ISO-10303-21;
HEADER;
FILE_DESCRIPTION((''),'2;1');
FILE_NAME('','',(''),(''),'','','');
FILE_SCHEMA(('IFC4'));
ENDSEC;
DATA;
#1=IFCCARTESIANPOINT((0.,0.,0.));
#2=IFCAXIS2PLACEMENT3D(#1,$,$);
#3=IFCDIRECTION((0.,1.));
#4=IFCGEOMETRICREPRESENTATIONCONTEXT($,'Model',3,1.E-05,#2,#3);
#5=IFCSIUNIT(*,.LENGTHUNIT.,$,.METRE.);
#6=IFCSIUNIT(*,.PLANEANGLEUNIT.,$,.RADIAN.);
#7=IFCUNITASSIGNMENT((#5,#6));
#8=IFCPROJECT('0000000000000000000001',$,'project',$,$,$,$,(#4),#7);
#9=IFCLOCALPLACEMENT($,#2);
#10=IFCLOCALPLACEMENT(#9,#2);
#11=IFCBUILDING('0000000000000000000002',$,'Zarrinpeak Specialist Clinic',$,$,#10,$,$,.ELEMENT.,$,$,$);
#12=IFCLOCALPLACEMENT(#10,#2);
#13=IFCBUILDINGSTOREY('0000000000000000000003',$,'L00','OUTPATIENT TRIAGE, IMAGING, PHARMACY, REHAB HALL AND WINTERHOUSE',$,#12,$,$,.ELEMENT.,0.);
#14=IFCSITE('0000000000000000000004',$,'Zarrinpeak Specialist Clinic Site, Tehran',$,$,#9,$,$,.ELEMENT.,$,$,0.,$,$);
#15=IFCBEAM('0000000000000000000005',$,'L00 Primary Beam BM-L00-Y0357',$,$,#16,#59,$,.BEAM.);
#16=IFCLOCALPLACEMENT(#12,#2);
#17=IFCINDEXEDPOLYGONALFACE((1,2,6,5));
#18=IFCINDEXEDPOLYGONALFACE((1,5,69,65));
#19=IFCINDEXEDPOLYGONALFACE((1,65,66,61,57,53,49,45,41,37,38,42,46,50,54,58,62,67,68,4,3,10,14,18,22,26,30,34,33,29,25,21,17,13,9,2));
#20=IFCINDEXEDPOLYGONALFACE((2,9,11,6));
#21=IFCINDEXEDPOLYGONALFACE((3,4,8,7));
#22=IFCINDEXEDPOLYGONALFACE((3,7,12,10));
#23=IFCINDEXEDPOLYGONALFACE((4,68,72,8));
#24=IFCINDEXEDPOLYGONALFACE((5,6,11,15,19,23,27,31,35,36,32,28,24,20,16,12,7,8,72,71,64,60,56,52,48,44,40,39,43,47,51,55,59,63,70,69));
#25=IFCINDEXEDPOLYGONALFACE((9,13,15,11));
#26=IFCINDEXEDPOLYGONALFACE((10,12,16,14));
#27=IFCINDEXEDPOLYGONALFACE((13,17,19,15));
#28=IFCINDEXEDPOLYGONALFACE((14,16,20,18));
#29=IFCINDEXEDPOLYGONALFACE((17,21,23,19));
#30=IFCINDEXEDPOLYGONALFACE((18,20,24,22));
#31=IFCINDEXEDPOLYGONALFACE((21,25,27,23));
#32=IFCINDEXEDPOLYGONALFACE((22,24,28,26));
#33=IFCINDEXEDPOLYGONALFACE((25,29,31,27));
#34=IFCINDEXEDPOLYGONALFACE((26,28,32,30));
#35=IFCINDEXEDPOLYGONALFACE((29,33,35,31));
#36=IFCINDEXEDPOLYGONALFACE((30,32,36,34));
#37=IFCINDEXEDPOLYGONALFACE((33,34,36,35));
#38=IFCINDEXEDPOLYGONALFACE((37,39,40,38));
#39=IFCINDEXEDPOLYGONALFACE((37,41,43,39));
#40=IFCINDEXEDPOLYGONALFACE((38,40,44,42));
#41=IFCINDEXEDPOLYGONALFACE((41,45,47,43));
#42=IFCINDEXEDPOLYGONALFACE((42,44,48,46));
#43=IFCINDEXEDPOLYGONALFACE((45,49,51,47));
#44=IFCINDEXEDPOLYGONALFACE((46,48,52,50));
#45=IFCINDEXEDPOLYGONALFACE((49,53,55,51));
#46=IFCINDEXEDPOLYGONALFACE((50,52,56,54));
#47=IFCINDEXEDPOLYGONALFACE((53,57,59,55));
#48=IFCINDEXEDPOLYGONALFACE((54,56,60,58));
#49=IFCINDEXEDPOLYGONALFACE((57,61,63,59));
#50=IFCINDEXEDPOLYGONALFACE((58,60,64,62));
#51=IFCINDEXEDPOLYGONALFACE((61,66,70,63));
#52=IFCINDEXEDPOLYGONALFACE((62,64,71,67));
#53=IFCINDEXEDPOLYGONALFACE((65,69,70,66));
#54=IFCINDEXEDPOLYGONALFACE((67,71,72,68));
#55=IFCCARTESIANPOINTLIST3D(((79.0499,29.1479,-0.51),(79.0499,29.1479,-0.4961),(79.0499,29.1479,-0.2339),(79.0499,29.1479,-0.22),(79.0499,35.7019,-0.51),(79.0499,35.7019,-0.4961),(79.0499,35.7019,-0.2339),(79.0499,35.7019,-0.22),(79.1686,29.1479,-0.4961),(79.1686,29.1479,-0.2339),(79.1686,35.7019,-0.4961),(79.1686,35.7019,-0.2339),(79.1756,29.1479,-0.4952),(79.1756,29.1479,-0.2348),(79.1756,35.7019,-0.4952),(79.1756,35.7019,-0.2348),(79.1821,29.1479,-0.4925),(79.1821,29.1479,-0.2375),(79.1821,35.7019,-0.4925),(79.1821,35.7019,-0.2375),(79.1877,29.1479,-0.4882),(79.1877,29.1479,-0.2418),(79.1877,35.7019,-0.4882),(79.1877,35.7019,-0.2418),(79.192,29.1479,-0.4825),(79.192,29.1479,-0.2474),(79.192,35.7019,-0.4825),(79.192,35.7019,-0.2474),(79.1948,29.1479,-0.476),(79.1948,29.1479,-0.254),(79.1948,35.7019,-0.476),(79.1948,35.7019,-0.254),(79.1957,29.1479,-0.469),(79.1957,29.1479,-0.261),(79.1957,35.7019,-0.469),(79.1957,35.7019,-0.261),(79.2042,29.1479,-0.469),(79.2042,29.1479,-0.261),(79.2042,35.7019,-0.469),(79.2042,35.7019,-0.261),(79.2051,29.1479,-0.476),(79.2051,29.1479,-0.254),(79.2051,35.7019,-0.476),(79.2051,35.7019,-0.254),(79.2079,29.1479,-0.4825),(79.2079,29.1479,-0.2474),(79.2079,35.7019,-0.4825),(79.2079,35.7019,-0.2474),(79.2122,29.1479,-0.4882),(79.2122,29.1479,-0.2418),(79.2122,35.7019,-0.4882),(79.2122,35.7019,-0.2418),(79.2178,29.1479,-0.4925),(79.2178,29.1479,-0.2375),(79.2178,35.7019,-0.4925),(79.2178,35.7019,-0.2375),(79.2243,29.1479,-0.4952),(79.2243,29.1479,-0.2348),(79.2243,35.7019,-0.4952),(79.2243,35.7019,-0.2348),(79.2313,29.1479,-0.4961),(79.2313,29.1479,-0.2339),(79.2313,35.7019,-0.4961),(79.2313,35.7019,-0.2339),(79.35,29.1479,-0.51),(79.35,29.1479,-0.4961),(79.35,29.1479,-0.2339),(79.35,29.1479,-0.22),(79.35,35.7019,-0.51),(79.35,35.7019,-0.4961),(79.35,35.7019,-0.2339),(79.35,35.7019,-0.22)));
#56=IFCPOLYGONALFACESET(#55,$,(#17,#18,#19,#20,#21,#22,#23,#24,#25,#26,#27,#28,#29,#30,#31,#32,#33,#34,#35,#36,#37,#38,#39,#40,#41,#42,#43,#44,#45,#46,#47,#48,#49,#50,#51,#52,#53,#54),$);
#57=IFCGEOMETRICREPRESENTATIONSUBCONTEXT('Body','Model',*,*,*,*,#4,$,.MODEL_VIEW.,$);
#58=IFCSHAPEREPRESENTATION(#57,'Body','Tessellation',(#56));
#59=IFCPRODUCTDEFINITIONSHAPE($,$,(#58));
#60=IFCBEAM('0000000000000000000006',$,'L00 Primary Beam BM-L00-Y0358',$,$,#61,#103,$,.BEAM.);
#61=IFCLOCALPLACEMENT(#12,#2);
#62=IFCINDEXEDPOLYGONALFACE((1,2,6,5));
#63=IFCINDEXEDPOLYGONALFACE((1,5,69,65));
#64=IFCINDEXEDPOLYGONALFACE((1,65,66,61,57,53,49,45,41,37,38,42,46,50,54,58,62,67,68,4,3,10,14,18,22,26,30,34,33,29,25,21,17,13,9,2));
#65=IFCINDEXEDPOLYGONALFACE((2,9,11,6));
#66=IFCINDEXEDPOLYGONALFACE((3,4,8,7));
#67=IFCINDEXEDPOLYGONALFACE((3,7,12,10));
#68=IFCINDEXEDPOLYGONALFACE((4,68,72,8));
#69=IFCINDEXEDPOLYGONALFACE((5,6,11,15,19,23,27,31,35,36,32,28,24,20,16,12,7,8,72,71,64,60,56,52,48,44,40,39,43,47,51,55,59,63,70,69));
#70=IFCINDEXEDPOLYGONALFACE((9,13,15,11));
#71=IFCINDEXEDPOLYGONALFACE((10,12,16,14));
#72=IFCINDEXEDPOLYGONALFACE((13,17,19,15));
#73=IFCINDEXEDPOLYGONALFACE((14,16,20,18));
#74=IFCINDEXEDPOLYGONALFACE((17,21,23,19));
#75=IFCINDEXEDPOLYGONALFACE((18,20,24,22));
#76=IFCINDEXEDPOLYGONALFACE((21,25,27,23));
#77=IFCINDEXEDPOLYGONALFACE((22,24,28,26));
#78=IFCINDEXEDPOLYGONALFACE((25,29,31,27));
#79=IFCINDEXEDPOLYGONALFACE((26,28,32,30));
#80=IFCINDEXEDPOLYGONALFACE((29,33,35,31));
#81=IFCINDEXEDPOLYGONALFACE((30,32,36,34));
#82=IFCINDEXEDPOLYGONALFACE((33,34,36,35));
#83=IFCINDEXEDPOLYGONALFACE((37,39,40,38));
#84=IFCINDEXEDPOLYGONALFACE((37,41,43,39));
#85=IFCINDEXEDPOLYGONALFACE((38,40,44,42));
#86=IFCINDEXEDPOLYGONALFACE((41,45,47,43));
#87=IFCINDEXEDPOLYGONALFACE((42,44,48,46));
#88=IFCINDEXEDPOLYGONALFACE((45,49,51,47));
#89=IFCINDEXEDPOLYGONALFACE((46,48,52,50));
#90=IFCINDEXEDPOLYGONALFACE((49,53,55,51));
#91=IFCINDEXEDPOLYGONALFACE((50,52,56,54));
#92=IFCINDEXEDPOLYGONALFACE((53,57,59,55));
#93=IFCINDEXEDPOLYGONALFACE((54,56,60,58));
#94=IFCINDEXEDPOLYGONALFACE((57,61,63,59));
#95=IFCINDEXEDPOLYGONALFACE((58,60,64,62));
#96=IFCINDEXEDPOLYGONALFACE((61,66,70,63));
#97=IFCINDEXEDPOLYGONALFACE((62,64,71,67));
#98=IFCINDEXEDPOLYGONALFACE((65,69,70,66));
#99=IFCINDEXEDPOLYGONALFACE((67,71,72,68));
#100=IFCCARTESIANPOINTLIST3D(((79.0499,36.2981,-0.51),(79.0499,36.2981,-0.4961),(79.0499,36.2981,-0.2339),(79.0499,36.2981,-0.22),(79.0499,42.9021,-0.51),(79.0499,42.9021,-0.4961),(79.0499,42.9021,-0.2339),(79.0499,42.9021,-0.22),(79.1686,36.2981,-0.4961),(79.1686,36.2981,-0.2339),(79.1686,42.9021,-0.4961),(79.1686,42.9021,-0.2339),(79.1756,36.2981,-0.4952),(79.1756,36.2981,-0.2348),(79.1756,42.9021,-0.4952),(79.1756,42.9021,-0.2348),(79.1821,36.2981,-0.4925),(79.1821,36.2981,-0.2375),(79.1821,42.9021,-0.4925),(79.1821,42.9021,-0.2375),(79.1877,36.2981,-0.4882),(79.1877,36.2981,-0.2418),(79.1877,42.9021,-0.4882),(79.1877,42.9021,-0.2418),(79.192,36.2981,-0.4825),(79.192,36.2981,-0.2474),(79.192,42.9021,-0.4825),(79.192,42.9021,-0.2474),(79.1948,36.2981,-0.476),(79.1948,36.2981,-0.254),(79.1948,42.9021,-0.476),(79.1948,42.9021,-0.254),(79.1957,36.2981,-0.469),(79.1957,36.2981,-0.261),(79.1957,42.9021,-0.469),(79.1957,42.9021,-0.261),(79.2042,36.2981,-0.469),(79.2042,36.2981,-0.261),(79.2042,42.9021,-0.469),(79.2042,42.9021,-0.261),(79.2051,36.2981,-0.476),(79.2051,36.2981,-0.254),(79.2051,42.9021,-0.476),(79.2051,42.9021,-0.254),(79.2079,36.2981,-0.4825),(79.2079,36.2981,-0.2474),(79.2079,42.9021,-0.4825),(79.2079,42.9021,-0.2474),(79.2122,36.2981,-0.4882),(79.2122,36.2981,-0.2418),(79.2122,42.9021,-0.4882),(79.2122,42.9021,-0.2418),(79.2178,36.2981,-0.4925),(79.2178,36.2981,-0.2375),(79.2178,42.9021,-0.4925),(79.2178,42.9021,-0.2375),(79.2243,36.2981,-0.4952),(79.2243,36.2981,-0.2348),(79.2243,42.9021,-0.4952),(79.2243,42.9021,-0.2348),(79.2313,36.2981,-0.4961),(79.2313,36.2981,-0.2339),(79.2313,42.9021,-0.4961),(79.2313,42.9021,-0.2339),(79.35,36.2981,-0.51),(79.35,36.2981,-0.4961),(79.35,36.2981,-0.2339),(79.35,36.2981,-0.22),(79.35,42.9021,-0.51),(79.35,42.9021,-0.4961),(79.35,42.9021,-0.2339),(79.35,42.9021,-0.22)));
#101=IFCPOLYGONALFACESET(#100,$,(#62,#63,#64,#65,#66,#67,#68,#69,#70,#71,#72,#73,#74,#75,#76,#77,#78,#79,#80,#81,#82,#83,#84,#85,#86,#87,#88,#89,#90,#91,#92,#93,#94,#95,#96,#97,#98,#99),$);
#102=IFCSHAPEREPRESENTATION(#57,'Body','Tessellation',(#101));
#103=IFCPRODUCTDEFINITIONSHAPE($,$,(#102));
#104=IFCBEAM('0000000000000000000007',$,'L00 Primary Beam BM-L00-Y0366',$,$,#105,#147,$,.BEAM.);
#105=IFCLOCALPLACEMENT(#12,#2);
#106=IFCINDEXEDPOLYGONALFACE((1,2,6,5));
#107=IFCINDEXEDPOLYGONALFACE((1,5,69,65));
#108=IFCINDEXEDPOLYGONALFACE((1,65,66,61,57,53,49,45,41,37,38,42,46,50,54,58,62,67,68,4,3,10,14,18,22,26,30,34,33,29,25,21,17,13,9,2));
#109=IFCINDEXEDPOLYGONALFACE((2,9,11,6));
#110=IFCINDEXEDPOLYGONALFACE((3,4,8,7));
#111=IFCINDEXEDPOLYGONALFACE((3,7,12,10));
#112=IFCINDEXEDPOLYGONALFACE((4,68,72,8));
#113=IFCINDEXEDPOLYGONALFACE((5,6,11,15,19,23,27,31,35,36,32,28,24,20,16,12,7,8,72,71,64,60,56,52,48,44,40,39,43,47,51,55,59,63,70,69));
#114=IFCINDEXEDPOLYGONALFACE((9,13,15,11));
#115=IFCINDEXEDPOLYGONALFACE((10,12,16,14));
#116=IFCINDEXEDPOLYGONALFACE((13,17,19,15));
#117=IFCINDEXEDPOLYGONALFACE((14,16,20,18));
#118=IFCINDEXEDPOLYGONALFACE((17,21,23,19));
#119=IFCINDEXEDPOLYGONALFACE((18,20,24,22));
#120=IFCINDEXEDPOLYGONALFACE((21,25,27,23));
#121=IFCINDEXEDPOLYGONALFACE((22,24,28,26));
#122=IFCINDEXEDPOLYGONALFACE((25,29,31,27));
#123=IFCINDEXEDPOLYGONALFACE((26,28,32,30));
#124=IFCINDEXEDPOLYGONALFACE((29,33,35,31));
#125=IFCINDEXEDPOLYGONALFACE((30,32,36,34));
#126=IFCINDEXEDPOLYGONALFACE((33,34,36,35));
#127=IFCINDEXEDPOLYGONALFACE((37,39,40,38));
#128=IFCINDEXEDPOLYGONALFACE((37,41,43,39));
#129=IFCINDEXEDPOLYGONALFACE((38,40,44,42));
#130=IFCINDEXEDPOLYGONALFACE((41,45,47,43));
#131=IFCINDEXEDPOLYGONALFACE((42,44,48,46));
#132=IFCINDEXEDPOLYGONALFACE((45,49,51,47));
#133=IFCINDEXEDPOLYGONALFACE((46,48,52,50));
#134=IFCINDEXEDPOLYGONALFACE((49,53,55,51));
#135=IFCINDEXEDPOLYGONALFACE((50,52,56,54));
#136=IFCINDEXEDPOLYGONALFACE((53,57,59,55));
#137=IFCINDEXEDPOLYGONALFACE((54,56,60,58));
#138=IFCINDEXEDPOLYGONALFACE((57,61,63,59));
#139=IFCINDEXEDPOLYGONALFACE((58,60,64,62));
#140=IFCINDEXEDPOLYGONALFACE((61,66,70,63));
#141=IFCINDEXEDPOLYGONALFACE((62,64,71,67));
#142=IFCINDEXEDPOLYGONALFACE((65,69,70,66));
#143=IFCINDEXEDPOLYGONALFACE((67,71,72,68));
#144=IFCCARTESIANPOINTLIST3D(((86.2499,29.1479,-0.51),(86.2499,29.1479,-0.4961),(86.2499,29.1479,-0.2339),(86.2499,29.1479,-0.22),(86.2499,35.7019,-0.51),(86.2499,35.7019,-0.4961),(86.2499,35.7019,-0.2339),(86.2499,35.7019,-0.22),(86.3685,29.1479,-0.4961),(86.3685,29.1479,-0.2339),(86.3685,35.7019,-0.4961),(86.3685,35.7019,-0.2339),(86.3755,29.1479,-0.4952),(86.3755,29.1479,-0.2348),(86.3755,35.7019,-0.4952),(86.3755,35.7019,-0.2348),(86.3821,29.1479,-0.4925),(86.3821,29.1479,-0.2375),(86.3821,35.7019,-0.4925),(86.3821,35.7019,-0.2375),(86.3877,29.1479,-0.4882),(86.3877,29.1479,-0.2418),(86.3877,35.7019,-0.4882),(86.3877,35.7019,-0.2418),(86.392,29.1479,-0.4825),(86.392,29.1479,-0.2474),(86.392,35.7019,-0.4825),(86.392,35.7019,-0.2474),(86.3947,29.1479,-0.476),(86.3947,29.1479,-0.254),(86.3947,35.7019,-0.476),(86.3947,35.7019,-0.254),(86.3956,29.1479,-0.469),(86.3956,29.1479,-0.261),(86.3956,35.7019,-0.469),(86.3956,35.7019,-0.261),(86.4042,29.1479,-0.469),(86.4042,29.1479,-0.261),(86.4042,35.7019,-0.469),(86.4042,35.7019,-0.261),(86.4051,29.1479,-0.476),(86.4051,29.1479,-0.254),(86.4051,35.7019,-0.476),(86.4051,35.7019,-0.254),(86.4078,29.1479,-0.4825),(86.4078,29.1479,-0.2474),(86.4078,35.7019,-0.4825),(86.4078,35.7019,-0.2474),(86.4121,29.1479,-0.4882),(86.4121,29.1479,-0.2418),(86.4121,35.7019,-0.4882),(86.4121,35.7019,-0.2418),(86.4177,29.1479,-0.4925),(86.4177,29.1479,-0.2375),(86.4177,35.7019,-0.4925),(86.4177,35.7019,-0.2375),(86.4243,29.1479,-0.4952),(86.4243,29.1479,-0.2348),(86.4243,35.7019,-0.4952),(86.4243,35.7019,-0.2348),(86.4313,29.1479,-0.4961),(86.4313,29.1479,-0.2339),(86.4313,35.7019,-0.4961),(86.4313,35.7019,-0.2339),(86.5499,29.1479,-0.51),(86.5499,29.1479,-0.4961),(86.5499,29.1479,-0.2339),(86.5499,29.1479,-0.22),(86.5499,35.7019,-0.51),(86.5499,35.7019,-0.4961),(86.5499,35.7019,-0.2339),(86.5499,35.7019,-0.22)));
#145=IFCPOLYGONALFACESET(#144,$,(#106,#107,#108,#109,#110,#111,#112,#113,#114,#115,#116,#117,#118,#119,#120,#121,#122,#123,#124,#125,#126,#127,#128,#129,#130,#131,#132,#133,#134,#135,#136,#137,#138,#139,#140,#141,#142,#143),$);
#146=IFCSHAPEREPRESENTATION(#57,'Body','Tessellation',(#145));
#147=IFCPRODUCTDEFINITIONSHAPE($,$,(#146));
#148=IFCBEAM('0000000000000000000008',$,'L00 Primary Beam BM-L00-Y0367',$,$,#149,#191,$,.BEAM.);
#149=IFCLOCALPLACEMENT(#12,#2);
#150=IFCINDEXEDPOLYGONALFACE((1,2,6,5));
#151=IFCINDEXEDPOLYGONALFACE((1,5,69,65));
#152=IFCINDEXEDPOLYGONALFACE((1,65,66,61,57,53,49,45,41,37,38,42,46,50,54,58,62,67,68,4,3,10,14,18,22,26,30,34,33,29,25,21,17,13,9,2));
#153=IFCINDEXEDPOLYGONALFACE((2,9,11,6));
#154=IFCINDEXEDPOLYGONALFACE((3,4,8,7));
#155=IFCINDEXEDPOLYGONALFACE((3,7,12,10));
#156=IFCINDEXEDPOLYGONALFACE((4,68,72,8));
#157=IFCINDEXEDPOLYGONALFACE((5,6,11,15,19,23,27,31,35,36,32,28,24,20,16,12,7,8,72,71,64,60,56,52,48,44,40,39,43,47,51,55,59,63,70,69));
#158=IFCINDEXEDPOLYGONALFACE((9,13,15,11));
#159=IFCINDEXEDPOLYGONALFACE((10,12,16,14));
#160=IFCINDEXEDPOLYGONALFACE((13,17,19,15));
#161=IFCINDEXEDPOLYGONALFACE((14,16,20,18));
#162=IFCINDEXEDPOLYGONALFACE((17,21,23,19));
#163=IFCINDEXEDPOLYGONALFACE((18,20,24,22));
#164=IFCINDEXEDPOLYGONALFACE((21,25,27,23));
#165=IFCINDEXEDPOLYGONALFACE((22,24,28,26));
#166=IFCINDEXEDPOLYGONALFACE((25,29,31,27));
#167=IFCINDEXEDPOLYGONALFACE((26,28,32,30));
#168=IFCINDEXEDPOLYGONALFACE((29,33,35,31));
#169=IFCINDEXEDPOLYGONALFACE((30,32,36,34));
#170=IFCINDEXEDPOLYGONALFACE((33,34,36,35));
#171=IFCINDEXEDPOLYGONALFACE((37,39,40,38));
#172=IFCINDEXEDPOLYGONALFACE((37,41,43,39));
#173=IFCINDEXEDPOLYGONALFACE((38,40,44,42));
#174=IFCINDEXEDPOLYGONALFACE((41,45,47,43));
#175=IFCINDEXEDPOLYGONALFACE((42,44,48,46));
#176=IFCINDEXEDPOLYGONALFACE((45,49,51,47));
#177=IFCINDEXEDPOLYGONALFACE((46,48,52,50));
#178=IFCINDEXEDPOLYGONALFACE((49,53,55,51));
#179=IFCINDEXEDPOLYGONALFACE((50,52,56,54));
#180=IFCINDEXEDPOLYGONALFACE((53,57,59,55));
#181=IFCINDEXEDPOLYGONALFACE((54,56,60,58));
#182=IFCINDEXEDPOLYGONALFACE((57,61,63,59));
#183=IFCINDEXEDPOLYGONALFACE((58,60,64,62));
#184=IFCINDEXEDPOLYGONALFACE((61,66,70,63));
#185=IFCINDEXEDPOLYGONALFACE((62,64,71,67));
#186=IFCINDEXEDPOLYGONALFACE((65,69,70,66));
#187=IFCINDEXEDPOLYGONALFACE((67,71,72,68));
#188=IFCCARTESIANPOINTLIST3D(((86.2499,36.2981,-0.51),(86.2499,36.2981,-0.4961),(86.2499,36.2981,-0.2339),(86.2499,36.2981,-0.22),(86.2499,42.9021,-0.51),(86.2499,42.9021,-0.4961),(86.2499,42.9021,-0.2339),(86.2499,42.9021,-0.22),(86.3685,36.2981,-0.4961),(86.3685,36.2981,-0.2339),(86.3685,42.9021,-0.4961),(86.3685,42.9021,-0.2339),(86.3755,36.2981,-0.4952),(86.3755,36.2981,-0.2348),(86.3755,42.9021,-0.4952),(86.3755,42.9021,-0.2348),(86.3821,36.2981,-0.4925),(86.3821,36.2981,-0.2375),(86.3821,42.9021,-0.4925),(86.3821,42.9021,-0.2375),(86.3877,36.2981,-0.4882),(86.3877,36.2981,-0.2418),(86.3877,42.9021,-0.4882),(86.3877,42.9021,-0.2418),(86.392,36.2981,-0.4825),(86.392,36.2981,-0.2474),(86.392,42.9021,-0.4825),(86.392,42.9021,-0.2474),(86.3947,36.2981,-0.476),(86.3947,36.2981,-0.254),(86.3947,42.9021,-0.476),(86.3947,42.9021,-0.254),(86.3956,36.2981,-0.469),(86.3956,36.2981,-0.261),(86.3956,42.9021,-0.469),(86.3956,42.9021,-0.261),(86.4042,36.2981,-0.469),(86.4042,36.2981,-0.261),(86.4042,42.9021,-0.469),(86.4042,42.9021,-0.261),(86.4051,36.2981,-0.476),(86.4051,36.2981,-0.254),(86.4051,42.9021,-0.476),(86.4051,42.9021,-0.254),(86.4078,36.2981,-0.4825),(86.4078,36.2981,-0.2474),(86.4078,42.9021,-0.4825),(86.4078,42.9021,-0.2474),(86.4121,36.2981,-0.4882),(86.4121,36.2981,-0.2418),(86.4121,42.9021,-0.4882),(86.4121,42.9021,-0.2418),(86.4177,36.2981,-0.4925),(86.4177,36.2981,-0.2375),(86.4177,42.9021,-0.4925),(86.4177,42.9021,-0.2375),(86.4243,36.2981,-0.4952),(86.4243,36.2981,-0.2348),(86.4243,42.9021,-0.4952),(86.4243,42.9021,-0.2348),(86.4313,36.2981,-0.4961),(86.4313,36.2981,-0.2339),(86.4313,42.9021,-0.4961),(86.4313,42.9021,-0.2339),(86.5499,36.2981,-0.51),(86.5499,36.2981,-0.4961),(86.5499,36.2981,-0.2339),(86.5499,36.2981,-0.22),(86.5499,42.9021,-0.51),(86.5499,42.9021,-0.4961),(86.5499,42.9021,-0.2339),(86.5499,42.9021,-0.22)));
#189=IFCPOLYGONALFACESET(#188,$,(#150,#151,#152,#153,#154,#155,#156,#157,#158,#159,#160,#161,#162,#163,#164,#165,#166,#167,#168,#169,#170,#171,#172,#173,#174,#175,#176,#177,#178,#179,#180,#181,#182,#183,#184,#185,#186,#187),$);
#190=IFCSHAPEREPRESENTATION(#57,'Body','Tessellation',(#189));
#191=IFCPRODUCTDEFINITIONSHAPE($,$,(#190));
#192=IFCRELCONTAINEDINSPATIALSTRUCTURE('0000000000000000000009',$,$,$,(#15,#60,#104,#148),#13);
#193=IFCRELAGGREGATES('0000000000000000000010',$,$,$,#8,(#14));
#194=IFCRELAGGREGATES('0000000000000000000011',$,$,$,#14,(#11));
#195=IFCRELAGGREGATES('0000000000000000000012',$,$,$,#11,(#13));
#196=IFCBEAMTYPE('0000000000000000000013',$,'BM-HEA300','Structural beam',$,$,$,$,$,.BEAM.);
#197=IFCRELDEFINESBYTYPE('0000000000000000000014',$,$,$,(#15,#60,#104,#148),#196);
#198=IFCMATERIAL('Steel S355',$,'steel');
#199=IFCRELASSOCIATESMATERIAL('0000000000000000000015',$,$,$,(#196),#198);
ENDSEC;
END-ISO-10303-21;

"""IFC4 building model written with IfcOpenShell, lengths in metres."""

from ifc_helpers import new_model, si_unit, direction, frame, origin, origin_2d, place, context, subcontext, project, spatial, i_section, extrude, material, material_profile, profile_set, type_object, element, save


model = new_model("IFC4")

# Units and contexts
model_context = context("Model", 3, precision=1e-05, world=origin(), true_north=direction((0.0, 1.0)))
body_context = subcontext(model_context, "Body", "Model", "MODEL_VIEW")
ifc_project = project(units=[si_unit("LENGTHUNIT", "METRE"), si_unit("PLANEANGLEUNIT", "RADIAN")], contexts=[model_context])

# Site, building, storey
site_placement = place(None, origin())
site = spatial("IfcSite", under=ifc_project, at=site_placement, Name="Zarrinpeak Specialist Clinic Site, Tehran", CompositionType="ELEMENT", RefElevation=0.0)
building_placement = place(site_placement, origin())
building = spatial("IfcBuilding", under=site, at=building_placement, Name="Zarrinpeak Specialist Clinic", CompositionType="ELEMENT")
storey_placement = place(building_placement, origin())
storey = spatial("IfcBuildingStorey", under=building, at=storey_placement, Name="L00", Description="OUTPATIENT TRIAGE, IMAGING, PHARMACY, REHAB HALL AND WINTERHOUSE", CompositionType="ELEMENT", Elevation=0.0)

# Shared definitions
ifc_material_1 = material(Name="Steel S355", Category="steel")

# Beams
ifc_material_profile_1 = material_profile(ifc_material_1, i_section(OverallWidth=0.3, OverallDepth=0.29, WebThickness=0.0085, FlangeThickness=0.0139, FilletRadius=0.0271, at=origin_2d()), Name="HEA 300")
ifc_profile_set_1 = profile_set([ifc_material_profile_1], Name="Steel S355")
beam_type_1 = type_object("IfcBeamType", Name="BM-HEA300", Description="Structural beam", PredefinedType="BEAM", material=ifc_profile_set_1)
beam_1_placement = place(storey_placement, frame((79.2, 29.1479, -0.365), z_axis=(0.0, 1.0, 0.0), x_axis=(-1.0, 0.0, 0.0)))
element("IfcBeam", 1, at=beam_1_placement, inside=storey, type_object=beam_type_1, Name="L00 Primary Beam BM-L00-Y0357", PredefinedType="BEAM", context=body_context, shape_type="SweptSolid", body=[
    extrude(i_section(OverallWidth=0.3, OverallDepth=0.29, WebThickness=0.0085, FlangeThickness=0.0139, FilletRadius=0.0271, at=origin_2d()), origin(), (0.0, 0.0, 1.0), 6.554),
])
beam_2_placement = place(storey_placement, frame((79.2, 36.2981, -0.365), z_axis=(0.0, 1.0, 0.0), x_axis=(-1.0, 0.0, 0.0)))
element("IfcBeam", 2, at=beam_2_placement, inside=storey, type_object=beam_type_1, Name="L00 Primary Beam BM-L00-Y0358", PredefinedType="BEAM", context=body_context, shape_type="SweptSolid", body=[
    extrude(i_section(OverallWidth=0.3, OverallDepth=0.29, WebThickness=0.0085, FlangeThickness=0.0139, FilletRadius=0.0271, at=origin_2d()), origin(), (0.0, 0.0, 1.0), 6.604),
])
beam_3_placement = place(storey_placement, frame((86.3999, 29.1479, -0.365), z_axis=(0.0, 1.0, 0.0), x_axis=(-1.0, 0.0, 0.0)))
element("IfcBeam", 3, at=beam_3_placement, inside=storey, type_object=beam_type_1, Name="L00 Primary Beam BM-L00-Y0366", PredefinedType="BEAM", context=body_context, shape_type="SweptSolid", body=[
    extrude(i_section(OverallWidth=0.3, OverallDepth=0.29, WebThickness=0.0085, FlangeThickness=0.0139, FilletRadius=0.0271, at=origin_2d()), origin(), (0.0, 0.0, 1.0), 6.554),
])
beam_4_placement = place(storey_placement, frame((86.3999, 36.2981, -0.365), z_axis=(0.0, 1.0, 0.0), x_axis=(-1.0, 0.0, 0.0)))
element("IfcBeam", 4, at=beam_4_placement, inside=storey, type_object=beam_type_1, Name="L00 Primary Beam BM-L00-Y0367", PredefinedType="BEAM", context=body_context, shape_type="SweptSolid", body=[
    extrude(i_section(OverallWidth=0.3, OverallDepth=0.29, WebThickness=0.0085, FlangeThickness=0.0139, FilletRadius=0.0271, at=origin_2d()), origin(), (0.0, 0.0, 1.0), 6.604),
])

save(model, "model.ifc")
